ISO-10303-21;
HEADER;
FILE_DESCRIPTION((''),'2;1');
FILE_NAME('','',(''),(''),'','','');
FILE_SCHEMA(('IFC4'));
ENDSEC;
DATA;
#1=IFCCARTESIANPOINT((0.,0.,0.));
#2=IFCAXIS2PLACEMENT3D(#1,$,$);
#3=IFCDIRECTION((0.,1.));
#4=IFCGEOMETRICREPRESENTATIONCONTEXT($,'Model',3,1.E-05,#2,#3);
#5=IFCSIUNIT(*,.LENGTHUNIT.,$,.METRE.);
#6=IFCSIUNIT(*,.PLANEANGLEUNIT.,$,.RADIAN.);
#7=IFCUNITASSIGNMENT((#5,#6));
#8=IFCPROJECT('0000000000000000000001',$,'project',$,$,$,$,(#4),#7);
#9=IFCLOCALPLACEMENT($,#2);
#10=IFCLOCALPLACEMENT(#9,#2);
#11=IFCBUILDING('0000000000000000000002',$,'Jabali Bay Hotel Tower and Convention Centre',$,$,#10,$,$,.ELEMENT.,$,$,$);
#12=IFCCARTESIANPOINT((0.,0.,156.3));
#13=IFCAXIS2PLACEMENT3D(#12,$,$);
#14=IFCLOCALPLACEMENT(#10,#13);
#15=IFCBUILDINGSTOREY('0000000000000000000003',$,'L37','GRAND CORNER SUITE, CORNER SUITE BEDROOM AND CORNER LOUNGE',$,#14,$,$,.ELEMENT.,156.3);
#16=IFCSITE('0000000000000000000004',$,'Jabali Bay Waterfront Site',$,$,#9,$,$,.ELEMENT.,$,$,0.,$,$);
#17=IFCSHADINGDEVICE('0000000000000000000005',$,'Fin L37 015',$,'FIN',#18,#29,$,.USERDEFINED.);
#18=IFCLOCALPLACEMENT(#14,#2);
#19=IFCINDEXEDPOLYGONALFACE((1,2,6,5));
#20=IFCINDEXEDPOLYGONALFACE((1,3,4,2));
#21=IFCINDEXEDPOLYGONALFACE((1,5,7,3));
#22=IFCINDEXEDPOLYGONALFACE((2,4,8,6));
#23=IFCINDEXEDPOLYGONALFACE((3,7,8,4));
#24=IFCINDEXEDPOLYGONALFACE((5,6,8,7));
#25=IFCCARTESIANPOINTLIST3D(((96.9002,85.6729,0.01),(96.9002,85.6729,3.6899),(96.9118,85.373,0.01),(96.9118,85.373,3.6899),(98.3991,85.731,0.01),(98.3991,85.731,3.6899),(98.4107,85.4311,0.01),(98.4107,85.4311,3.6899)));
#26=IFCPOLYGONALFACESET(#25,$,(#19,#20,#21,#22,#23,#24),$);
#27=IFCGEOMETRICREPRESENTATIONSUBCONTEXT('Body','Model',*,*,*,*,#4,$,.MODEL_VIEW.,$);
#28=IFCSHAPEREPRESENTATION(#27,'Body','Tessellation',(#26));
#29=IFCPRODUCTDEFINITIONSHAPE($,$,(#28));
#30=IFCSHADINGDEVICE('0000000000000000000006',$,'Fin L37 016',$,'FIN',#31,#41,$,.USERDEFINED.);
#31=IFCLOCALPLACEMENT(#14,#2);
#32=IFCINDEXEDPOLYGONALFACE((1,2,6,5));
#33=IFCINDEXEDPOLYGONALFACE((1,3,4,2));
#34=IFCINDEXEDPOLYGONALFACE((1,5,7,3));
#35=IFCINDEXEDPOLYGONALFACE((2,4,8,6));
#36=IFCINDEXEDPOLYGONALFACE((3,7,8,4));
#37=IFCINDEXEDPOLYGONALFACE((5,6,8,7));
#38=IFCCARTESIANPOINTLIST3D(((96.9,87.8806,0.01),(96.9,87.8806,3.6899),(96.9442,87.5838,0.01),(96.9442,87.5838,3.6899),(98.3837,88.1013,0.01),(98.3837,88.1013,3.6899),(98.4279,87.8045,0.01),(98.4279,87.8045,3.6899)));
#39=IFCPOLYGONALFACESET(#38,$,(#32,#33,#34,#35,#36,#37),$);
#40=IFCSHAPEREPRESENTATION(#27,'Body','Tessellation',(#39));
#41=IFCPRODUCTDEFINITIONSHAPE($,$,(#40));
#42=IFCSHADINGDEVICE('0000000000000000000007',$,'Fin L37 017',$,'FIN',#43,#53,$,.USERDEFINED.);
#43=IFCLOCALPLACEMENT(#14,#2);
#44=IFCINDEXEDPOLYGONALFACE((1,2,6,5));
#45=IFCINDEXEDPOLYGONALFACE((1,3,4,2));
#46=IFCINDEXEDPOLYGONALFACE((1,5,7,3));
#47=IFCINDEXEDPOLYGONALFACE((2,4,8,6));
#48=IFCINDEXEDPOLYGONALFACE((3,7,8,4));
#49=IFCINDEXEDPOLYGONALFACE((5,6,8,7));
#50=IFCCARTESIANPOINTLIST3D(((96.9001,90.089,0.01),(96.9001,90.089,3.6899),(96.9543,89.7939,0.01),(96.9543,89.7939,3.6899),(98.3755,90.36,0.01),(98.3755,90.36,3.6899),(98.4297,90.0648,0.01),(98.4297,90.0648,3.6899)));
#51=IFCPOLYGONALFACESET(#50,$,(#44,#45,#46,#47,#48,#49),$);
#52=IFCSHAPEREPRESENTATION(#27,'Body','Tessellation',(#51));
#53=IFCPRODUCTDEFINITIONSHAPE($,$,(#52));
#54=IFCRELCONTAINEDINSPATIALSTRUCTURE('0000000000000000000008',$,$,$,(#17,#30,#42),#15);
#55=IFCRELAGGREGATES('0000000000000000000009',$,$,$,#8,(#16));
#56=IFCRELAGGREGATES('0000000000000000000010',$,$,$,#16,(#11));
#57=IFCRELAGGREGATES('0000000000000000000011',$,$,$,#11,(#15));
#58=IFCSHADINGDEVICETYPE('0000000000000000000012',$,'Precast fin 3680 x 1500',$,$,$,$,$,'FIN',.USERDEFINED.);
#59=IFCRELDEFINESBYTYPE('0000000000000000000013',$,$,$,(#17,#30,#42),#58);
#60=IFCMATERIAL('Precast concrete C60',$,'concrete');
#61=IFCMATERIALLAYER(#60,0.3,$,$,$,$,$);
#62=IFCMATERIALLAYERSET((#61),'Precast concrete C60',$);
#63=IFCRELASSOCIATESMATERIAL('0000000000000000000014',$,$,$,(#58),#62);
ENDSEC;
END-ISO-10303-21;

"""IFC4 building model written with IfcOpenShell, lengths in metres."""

from ifc_helpers import new_model, si_unit, direction, frame, frame_2d, origin, place, context, subcontext, project, spatial, rectangle, extrude, material, layer, layer_set, type_object, element, save


model = new_model("IFC4")

# Units and contexts
model_context = context("Model", 3, precision=1e-05, world=origin(), true_north=direction((0.0, 1.0)))
body_context = subcontext(model_context, "Body", "Model", "MODEL_VIEW")
ifc_project = project(units=[si_unit("LENGTHUNIT", "METRE"), si_unit("PLANEANGLEUNIT", "RADIAN")], contexts=[model_context])

# Site, building, storey
site_placement = place(None, origin())
site = spatial("IfcSite", under=ifc_project, at=site_placement, Name="Jabali Bay Waterfront Site", CompositionType="ELEMENT", RefElevation=0.0)
building_placement = place(site_placement, origin())
building = spatial("IfcBuilding", under=site, at=building_placement, Name="Jabali Bay Hotel Tower and Convention Centre", CompositionType="ELEMENT")
storey_placement = place(building_placement, frame((0.0, 0.0, 156.3)))
storey = spatial("IfcBuildingStorey", under=building, at=storey_placement, Name="L37", Description="GRAND CORNER SUITE, CORNER SUITE BEDROOM AND CORNER LOUNGE", CompositionType="ELEMENT", Elevation=156.3)

# Shading devices
ifc_material_1 = material(Name="Precast concrete C60", Category="concrete")
ifc_layer_1 = layer(ifc_material_1, 0.3)
ifc_layer_set_1 = layer_set([ifc_layer_1], Name="Precast concrete C60")
shading_device_type = type_object("IfcShadingDeviceType", Name="Precast fin 3680 x 1500", ElementType="FIN", PredefinedType="USERDEFINED", material=ifc_layer_set_1)
for number, where, z_axis, x_axis, name in (
    (1, (96.906, 85.5229, 0.01), (0.0, 0.0, 1.0), (0.999249, 0.038739, 0.0), "Fin L37 015"),
    (2, (96.9221, 87.7322, 0.01), (0.0, 0.0, 1.0), (0.989116, 0.147139, 0.0), "Fin L37 016"),
    (3, (96.9272, 89.9414, 0.01), (0.0, 0.0, 1.0), (0.983545, 0.180661, 0.0), "Fin L37 017"),
):
    element("IfcShadingDevice", number, at=place(storey_placement, frame(where, z_axis=z_axis, x_axis=x_axis)), inside=storey, type_object=shading_device_type, Name=name, ObjectType="FIN", PredefinedType="USERDEFINED", context=body_context, shape_type="SweptSolid", body=[
        extrude(rectangle(XDim=1.5, YDim=0.3, at=frame_2d((0.75, 0.0))), origin(), (0.0, 0.0, 1.0), 3.6799),
    ])

save(model, "model.ifc")
